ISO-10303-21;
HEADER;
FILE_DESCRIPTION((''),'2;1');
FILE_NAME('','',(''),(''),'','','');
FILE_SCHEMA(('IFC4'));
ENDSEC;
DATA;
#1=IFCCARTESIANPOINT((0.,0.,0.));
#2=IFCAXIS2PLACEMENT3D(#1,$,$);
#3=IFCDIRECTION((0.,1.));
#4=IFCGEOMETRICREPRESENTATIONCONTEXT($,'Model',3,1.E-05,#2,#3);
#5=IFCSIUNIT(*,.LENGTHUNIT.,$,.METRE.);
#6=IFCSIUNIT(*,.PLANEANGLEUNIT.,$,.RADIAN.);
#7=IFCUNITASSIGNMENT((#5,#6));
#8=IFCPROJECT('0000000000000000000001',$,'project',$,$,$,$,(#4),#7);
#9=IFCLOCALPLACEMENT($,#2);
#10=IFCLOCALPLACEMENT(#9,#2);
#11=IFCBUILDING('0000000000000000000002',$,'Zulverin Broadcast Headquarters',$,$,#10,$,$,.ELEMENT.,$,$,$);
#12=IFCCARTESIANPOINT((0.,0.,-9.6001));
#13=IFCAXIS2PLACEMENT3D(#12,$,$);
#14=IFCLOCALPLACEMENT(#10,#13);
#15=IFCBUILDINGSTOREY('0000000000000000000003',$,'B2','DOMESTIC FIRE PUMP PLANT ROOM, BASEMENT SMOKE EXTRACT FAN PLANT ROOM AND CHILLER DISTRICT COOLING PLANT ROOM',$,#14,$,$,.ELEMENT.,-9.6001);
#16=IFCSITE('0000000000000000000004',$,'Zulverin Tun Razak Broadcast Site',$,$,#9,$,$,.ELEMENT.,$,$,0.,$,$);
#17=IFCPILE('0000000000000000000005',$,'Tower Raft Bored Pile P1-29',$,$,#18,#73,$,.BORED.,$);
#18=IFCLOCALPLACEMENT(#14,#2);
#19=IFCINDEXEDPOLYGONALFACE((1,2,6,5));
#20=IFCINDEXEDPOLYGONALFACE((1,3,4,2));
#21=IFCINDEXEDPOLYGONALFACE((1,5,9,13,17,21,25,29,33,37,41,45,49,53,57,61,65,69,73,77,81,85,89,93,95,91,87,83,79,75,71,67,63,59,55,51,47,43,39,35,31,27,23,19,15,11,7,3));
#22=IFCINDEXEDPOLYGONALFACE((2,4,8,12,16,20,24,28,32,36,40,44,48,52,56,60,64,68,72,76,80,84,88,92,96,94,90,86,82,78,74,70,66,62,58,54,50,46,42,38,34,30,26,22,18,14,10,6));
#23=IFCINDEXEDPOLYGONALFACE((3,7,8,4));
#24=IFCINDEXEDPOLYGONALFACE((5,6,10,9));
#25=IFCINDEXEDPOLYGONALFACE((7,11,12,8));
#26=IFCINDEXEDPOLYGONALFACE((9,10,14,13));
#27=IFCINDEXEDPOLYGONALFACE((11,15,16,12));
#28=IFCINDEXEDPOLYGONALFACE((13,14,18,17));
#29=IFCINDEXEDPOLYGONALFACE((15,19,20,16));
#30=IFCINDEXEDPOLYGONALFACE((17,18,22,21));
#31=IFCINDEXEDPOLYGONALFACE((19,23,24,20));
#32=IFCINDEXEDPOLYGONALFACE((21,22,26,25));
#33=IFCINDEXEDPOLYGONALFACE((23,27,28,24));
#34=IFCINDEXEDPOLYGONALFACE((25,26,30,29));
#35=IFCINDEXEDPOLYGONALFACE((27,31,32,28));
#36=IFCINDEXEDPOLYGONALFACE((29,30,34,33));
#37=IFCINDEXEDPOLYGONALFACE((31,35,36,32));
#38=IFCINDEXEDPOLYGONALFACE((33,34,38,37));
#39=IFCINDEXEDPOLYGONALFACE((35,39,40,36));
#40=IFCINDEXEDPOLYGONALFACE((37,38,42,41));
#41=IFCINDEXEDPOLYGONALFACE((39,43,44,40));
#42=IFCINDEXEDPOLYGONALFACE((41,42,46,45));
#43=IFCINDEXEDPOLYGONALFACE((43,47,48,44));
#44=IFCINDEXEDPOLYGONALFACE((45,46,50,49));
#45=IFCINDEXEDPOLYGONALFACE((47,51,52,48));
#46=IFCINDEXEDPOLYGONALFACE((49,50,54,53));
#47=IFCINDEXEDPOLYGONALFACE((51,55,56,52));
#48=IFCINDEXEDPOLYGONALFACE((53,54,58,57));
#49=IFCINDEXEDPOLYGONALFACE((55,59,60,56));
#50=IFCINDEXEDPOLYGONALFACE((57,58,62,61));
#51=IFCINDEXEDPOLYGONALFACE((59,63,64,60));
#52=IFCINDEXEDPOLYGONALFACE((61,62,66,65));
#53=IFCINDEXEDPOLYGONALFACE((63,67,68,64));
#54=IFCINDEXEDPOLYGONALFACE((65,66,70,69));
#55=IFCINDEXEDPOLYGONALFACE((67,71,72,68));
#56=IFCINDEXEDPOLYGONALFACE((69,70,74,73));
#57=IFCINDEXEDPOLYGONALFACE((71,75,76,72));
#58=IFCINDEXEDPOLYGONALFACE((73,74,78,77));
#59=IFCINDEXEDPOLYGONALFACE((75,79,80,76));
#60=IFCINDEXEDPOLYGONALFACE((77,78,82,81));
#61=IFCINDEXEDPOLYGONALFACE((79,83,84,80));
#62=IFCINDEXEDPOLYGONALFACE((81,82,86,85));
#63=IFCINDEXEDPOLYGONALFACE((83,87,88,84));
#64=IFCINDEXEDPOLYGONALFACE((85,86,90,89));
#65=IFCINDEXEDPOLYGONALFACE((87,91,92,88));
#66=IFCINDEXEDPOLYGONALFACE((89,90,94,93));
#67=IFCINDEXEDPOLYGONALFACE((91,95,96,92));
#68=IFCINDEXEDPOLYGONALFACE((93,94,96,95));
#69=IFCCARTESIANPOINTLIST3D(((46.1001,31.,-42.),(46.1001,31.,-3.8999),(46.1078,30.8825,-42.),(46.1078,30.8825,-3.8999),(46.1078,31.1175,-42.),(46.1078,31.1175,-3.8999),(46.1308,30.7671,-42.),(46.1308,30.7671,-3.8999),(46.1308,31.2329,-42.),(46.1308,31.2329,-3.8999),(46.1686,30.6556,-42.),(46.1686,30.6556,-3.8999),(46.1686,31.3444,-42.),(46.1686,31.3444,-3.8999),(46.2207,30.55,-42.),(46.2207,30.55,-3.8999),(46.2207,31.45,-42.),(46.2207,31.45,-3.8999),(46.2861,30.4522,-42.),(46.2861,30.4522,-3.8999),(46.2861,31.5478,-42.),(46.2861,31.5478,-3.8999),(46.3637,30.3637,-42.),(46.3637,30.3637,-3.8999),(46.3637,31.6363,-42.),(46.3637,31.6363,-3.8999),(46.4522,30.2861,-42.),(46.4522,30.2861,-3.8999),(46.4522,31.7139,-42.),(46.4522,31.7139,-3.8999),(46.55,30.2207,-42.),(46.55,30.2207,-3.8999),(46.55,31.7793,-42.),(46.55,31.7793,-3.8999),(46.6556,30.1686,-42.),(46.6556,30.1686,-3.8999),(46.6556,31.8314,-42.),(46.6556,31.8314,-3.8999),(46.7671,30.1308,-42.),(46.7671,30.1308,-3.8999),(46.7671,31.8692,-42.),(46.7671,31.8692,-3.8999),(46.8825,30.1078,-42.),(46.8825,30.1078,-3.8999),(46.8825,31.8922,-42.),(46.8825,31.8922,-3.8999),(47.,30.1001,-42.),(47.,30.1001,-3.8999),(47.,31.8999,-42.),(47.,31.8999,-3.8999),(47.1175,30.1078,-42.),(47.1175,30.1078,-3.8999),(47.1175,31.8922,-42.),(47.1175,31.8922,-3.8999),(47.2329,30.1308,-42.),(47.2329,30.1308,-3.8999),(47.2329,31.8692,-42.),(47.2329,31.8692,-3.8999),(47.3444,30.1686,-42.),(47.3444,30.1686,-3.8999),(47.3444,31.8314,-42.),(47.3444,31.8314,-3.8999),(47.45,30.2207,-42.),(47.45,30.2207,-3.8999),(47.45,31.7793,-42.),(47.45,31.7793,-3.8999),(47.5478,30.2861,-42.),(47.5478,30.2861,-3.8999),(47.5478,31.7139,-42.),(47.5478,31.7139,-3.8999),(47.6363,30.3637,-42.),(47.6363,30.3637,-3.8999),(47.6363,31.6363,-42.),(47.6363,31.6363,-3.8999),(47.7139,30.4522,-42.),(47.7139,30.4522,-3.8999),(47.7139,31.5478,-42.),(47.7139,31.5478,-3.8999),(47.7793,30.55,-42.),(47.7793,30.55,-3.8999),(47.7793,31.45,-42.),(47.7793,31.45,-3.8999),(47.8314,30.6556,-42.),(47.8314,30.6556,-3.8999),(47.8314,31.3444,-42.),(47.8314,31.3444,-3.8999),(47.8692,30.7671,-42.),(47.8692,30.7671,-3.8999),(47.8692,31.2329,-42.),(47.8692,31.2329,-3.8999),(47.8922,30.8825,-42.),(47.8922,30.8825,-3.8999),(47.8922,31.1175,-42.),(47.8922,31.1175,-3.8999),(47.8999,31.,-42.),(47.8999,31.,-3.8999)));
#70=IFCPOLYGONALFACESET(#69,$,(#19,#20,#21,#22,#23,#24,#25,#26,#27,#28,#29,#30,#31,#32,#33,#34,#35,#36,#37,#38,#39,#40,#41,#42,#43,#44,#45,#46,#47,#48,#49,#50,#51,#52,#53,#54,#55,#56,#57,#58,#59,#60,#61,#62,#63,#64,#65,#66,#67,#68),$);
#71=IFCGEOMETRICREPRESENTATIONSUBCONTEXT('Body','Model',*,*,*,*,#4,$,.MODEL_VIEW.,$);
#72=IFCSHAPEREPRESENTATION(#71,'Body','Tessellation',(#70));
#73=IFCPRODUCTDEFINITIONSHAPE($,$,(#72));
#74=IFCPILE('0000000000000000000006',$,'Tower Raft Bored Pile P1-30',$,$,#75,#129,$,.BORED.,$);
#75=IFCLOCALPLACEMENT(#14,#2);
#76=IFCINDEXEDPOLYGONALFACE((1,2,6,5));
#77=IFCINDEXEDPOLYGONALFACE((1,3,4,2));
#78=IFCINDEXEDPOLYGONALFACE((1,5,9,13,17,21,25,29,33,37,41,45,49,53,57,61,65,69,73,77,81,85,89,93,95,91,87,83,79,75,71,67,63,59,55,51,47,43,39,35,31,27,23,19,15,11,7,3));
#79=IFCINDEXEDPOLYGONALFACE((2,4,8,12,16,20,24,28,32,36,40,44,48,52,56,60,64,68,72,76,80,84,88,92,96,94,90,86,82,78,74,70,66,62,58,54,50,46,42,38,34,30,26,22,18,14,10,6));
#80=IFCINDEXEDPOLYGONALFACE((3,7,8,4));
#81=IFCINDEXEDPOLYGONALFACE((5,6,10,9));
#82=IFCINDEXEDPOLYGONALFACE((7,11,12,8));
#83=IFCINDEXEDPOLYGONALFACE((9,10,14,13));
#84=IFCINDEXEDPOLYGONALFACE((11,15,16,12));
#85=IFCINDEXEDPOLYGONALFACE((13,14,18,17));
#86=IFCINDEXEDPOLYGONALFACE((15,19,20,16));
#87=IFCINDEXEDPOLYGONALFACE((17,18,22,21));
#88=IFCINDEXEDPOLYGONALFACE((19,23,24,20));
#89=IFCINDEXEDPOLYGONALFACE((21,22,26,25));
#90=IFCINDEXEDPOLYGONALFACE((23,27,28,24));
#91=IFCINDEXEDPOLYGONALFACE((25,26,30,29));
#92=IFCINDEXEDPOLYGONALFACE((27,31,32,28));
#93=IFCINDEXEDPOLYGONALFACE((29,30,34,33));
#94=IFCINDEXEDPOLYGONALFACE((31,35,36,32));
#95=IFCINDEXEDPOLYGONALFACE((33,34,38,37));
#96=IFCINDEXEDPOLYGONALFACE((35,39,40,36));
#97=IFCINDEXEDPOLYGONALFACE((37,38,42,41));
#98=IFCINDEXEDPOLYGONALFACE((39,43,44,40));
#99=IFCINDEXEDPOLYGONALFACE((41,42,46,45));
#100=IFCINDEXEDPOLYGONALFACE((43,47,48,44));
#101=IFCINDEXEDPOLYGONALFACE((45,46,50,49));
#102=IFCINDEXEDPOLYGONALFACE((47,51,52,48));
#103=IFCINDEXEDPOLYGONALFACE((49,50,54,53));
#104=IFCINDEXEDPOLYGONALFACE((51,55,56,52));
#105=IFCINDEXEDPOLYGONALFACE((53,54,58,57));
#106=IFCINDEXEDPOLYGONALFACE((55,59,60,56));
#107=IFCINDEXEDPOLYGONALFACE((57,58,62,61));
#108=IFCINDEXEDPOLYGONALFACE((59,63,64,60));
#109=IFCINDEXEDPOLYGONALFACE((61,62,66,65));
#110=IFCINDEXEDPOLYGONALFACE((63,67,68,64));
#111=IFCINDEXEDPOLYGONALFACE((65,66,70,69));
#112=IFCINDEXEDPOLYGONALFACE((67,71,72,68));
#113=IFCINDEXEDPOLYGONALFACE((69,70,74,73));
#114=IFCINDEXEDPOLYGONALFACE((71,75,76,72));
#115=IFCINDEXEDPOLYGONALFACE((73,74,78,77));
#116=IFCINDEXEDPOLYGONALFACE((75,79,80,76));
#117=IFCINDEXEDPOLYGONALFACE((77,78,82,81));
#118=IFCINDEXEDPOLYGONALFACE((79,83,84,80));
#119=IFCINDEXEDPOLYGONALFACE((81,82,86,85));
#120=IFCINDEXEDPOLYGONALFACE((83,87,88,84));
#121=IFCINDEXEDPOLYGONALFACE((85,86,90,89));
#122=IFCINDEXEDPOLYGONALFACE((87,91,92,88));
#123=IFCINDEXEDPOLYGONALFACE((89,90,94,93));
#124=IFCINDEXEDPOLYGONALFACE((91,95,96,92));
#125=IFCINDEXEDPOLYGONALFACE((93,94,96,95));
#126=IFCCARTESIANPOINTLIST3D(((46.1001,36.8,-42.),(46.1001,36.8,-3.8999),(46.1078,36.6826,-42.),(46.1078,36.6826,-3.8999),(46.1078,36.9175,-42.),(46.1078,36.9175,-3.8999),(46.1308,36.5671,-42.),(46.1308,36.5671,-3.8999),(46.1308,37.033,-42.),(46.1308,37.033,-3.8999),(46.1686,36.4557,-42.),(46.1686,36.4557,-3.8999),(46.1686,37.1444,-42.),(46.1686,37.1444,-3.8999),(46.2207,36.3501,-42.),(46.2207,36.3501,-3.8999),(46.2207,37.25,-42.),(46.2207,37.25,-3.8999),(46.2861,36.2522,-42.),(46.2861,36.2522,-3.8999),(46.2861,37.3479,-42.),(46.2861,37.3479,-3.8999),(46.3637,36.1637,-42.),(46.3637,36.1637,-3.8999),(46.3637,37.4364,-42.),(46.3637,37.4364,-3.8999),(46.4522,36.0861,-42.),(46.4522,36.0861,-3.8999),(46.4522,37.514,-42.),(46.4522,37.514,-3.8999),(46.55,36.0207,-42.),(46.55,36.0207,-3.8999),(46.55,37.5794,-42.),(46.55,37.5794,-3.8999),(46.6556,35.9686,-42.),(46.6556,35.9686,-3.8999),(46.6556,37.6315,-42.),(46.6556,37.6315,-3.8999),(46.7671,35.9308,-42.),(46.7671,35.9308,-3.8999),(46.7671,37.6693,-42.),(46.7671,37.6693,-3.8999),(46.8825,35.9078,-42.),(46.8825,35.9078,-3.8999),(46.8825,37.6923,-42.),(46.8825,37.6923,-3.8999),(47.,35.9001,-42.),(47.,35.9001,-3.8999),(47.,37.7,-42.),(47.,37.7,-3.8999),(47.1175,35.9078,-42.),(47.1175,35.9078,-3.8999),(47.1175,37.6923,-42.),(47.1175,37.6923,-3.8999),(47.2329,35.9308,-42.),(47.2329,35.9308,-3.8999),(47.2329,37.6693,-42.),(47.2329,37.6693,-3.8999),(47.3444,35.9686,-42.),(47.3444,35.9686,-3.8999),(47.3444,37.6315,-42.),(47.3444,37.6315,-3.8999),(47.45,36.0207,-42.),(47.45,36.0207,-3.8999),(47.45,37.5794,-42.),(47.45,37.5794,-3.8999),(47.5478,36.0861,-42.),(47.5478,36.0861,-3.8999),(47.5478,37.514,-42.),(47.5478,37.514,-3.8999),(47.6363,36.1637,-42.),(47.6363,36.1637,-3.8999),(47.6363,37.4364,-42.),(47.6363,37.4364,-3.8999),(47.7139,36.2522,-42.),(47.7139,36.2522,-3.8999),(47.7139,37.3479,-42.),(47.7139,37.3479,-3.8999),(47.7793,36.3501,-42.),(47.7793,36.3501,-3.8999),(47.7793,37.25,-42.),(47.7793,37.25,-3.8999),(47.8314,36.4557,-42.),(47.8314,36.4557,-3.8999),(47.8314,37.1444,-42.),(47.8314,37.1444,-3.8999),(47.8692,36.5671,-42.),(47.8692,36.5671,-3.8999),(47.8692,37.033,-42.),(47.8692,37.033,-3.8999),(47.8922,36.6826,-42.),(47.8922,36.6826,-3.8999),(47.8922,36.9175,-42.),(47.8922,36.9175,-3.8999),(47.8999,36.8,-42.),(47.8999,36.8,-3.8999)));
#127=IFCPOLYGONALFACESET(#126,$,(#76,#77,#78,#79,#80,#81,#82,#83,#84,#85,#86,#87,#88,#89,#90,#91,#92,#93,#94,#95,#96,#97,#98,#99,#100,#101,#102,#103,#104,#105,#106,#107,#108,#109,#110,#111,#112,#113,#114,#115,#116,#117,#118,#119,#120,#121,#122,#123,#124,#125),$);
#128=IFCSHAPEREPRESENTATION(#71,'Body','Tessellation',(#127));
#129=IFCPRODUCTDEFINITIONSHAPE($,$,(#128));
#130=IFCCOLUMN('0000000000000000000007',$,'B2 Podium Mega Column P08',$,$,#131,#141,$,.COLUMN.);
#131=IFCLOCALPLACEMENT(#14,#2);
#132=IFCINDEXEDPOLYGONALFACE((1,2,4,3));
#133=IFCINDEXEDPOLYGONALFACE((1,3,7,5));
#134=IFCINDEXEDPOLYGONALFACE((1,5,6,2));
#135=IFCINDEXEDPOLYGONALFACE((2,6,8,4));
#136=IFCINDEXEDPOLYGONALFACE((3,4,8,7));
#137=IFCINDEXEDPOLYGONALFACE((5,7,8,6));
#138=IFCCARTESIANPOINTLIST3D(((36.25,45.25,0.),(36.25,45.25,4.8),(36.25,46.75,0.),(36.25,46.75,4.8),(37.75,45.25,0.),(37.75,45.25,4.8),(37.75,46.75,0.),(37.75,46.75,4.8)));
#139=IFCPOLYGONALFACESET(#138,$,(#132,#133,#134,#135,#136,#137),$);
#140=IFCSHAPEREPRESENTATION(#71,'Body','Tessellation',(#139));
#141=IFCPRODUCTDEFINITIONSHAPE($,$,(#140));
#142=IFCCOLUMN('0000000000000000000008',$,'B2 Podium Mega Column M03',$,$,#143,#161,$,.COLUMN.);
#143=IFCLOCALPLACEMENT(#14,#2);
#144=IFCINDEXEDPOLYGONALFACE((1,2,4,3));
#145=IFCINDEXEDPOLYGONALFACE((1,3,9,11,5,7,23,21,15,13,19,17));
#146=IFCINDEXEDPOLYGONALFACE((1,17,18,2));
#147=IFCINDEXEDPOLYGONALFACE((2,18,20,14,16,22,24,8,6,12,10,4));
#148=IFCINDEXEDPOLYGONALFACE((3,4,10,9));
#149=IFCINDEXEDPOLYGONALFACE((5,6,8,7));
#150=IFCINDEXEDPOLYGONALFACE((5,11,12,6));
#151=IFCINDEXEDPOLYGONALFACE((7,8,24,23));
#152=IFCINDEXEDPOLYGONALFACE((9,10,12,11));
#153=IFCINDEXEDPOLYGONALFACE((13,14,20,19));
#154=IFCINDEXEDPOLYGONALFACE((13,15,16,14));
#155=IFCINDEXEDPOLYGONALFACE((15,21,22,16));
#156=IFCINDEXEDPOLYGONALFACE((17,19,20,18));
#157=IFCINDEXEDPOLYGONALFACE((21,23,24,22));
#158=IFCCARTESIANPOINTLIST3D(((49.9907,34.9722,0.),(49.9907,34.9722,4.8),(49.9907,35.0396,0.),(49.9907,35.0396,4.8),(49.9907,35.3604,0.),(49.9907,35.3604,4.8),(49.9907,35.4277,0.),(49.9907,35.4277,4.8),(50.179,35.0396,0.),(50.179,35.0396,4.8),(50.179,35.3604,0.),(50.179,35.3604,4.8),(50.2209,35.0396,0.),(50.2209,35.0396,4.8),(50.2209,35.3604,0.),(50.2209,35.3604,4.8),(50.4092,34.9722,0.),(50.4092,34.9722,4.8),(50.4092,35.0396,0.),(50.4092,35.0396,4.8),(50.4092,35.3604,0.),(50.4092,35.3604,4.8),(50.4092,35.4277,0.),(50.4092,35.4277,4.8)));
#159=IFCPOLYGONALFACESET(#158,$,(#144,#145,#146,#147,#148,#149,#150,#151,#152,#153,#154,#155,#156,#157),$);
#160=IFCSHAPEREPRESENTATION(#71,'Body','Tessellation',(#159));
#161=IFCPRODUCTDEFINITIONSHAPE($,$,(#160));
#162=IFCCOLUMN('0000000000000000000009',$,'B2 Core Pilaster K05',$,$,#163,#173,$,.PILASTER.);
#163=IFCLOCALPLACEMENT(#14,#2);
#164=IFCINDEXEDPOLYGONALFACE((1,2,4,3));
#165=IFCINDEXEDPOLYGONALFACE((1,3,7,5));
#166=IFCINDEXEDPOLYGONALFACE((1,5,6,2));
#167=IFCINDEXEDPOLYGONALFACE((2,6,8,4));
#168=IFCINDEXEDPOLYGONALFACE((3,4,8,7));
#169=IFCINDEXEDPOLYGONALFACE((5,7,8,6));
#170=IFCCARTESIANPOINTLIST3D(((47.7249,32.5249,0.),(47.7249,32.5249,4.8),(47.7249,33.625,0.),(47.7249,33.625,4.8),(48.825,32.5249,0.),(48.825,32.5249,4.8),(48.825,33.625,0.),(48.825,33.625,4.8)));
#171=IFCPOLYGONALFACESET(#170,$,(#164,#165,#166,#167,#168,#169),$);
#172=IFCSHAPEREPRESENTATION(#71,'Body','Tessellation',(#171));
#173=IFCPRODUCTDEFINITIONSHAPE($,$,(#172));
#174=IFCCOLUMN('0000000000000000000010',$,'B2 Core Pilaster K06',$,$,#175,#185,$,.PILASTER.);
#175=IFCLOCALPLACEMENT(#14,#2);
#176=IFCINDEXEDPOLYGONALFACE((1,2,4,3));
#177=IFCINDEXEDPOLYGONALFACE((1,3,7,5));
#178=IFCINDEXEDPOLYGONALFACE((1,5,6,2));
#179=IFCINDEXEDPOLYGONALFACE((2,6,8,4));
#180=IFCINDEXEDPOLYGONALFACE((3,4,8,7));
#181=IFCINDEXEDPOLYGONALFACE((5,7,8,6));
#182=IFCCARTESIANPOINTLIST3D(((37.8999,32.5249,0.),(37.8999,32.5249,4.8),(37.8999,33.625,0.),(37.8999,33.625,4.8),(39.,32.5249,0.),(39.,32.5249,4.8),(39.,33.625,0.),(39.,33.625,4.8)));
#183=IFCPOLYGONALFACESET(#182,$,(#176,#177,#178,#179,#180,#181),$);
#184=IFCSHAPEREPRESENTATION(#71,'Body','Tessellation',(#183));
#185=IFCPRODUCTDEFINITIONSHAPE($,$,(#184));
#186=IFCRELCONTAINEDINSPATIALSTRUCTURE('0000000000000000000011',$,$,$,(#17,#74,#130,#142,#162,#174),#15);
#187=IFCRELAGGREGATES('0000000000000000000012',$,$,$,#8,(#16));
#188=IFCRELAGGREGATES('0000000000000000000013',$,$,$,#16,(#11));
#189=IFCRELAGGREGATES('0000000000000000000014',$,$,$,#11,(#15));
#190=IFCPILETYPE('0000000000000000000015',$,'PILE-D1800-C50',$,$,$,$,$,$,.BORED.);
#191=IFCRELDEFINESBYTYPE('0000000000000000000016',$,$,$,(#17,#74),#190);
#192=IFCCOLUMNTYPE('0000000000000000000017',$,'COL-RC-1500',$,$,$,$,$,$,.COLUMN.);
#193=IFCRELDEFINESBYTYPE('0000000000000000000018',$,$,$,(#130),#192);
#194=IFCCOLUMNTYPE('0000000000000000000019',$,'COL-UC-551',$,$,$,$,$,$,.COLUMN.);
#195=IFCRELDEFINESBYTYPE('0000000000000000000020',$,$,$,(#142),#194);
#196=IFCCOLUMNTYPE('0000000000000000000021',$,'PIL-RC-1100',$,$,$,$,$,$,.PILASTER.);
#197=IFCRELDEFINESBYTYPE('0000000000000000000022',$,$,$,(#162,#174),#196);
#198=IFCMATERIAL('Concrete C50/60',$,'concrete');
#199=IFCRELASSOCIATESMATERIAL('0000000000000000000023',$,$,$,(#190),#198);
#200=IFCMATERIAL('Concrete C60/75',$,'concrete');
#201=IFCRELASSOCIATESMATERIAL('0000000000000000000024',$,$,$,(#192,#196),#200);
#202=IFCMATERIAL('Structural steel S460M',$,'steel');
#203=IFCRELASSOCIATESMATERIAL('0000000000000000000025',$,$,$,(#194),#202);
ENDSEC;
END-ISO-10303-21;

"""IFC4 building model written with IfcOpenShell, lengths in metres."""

from ifc_helpers import new_model, si_unit, direction, frame, origin, origin_2d, place, context, subcontext, project, spatial, rectangle, circle, i_section, extrude, material, material_profile, profile_set, type_object, element, save


model = new_model("IFC4")

# Units and contexts
model_context = context("Model", 3, precision=1e-05, world=origin(), true_north=direction((0.0, 1.0)))
body_context = subcontext(model_context, "Body", "Model", "MODEL_VIEW")
ifc_project = project(units=[si_unit("LENGTHUNIT", "METRE"), si_unit("PLANEANGLEUNIT", "RADIAN")], contexts=[model_context])

# Site, building, storey
site_placement = place(None, origin())
site = spatial("IfcSite", under=ifc_project, at=site_placement, Name="Zulverin Tun Razak Broadcast Site", CompositionType="ELEMENT", RefElevation=0.0)
building_placement = place(site_placement, origin())
building = spatial("IfcBuilding", under=site, at=building_placement, Name="Zulverin Broadcast Headquarters", CompositionType="ELEMENT")
storey_placement = place(building_placement, frame((0.0, 0.0, -9.6001)))
storey = spatial("IfcBuildingStorey", under=building, at=storey_placement, Name="B2", Description="DOMESTIC FIRE PUMP PLANT ROOM, BASEMENT SMOKE EXTRACT FAN PLANT ROOM AND CHILLER DISTRICT COOLING PLANT ROOM", CompositionType="ELEMENT", Elevation=-9.6001)

# Shared definitions
ifc_material_1 = material(Name="Concrete C50/60", Category="concrete")

# Piles
ifc_material_profile_1 = material_profile(ifc_material_1, circle(Radius=0.8999, at=origin_2d()), Name="Concrete C50/60", Category="concrete")
ifc_profile_set_1 = profile_set([ifc_material_profile_1], Name="Concrete C50/60")
pile_type_1 = type_object("IfcPileType", Name="PILE-D1800-C50", PredefinedType="BORED", material=ifc_profile_set_1)
for number, where, z_axis, x_axis, name in (
    (1, (47.0, 31.0, -3.8999), (0.0, 0.0, -1.0), (1.0, 0.0, 0.0), "Tower Raft Bored Pile P1-29"),
    (2, (47.0, 36.8, -3.8999), (0.0, 0.0, -1.0), (1.0, 0.0, 0.0), "Tower Raft Bored Pile P1-30"),
):
    element("IfcPile", number, at=place(storey_placement, frame(where, z_axis=z_axis, x_axis=x_axis)), inside=storey, type_object=pile_type_1, Name=name, PredefinedType="BORED", context=body_context, shape_type="SweptSolid", body=[
        extrude(circle(Radius=0.8999, at=origin_2d()), origin(), (0.0, 0.0, 1.0), 38.1001),
    ])

# Columns
ifc_material_2 = material(Name="Concrete C60/75", Category="concrete")
ifc_material_profile_2 = material_profile(ifc_material_2, rectangle(XDim=1.5, YDim=1.5, at=origin_2d()), Name="Concrete C60/75", Category="concrete")
ifc_profile_set_2 = profile_set([ifc_material_profile_2], Name="Concrete C60/75")
column_type_1 = type_object("IfcColumnType", Name="COL-RC-1500", PredefinedType="COLUMN", material=ifc_profile_set_2)
column_1_placement = place(storey_placement, frame((37.0, 46.0, 0.0), z_axis=(0.0, 0.0, 1.0), x_axis=(1.0, 0.0, 0.0)))
element("IfcColumn", 3, at=column_1_placement, inside=storey, type_object=column_type_1, Name="B2 Podium Mega Column P08", PredefinedType="COLUMN", context=body_context, shape_type="SweptSolid", body=[
    extrude(rectangle(XDim=1.5, YDim=1.5, at=origin_2d()), origin(), (0.0, 0.0, 1.0), 4.8),
])
ifc_material_3 = material(Name="Structural steel S460M", Category="steel")
ifc_material_profile_3 = material_profile(ifc_material_3, i_section(OverallWidth=0.4185, OverallDepth=0.4556, WebThickness=0.042, FlangeThickness=0.0674, at=origin_2d()), Name="Structural steel S460M", Category="steel")
ifc_profile_set_3 = profile_set([ifc_material_profile_3], Name="Structural steel S460M")
column_type_2 = type_object("IfcColumnType", Name="COL-UC-551", PredefinedType="COLUMN", material=ifc_profile_set_3)
column_2_placement = place(storey_placement, frame((50.2, 35.2, 0.0), z_axis=(0.0, 0.0, 1.0), x_axis=(1.0, 0.0, 0.0)))
element("IfcColumn", 4, at=column_2_placement, inside=storey, type_object=column_type_2, Name="B2 Podium Mega Column M03", PredefinedType="COLUMN", context=body_context, shape_type="SweptSolid", body=[
    extrude(i_section(OverallWidth=0.4185, OverallDepth=0.4556, WebThickness=0.042, FlangeThickness=0.0674, at=origin_2d()), origin(), (0.0, 0.0, 1.0), 4.8),
])
ifc_material_profile_4 = material_profile(ifc_material_2, rectangle(XDim=1.1001, YDim=1.1001, at=origin_2d()), Name="Concrete C60/75", Category="concrete")
ifc_profile_set_4 = profile_set([ifc_material_profile_4], Name="Concrete C60/75")
column_type_3 = type_object("IfcColumnType", Name="PIL-RC-1100", PredefinedType="PILASTER", material=ifc_profile_set_4)
for number, where, z_axis, x_axis, name in (
    (5, (48.2749, 33.075, 0.0), (0.0, 0.0, 1.0), (1.0, 0.0, 0.0), "B2 Core Pilaster K05"),
    (6, (38.45, 33.075, 0.0), (0.0, 0.0, 1.0), (1.0, 0.0, 0.0), "B2 Core Pilaster K06"),
):
    element("IfcColumn", number, at=place(storey_placement, frame(where, z_axis=z_axis, x_axis=x_axis)), inside=storey, type_object=column_type_3, Name=name, PredefinedType="PILASTER", context=body_context, shape_type="SweptSolid", body=[
        extrude(rectangle(XDim=1.1001, YDim=1.1001, at=origin_2d()), origin(), (0.0, 0.0, 1.0), 4.8),
    ])

save(model, "model.ifc")
